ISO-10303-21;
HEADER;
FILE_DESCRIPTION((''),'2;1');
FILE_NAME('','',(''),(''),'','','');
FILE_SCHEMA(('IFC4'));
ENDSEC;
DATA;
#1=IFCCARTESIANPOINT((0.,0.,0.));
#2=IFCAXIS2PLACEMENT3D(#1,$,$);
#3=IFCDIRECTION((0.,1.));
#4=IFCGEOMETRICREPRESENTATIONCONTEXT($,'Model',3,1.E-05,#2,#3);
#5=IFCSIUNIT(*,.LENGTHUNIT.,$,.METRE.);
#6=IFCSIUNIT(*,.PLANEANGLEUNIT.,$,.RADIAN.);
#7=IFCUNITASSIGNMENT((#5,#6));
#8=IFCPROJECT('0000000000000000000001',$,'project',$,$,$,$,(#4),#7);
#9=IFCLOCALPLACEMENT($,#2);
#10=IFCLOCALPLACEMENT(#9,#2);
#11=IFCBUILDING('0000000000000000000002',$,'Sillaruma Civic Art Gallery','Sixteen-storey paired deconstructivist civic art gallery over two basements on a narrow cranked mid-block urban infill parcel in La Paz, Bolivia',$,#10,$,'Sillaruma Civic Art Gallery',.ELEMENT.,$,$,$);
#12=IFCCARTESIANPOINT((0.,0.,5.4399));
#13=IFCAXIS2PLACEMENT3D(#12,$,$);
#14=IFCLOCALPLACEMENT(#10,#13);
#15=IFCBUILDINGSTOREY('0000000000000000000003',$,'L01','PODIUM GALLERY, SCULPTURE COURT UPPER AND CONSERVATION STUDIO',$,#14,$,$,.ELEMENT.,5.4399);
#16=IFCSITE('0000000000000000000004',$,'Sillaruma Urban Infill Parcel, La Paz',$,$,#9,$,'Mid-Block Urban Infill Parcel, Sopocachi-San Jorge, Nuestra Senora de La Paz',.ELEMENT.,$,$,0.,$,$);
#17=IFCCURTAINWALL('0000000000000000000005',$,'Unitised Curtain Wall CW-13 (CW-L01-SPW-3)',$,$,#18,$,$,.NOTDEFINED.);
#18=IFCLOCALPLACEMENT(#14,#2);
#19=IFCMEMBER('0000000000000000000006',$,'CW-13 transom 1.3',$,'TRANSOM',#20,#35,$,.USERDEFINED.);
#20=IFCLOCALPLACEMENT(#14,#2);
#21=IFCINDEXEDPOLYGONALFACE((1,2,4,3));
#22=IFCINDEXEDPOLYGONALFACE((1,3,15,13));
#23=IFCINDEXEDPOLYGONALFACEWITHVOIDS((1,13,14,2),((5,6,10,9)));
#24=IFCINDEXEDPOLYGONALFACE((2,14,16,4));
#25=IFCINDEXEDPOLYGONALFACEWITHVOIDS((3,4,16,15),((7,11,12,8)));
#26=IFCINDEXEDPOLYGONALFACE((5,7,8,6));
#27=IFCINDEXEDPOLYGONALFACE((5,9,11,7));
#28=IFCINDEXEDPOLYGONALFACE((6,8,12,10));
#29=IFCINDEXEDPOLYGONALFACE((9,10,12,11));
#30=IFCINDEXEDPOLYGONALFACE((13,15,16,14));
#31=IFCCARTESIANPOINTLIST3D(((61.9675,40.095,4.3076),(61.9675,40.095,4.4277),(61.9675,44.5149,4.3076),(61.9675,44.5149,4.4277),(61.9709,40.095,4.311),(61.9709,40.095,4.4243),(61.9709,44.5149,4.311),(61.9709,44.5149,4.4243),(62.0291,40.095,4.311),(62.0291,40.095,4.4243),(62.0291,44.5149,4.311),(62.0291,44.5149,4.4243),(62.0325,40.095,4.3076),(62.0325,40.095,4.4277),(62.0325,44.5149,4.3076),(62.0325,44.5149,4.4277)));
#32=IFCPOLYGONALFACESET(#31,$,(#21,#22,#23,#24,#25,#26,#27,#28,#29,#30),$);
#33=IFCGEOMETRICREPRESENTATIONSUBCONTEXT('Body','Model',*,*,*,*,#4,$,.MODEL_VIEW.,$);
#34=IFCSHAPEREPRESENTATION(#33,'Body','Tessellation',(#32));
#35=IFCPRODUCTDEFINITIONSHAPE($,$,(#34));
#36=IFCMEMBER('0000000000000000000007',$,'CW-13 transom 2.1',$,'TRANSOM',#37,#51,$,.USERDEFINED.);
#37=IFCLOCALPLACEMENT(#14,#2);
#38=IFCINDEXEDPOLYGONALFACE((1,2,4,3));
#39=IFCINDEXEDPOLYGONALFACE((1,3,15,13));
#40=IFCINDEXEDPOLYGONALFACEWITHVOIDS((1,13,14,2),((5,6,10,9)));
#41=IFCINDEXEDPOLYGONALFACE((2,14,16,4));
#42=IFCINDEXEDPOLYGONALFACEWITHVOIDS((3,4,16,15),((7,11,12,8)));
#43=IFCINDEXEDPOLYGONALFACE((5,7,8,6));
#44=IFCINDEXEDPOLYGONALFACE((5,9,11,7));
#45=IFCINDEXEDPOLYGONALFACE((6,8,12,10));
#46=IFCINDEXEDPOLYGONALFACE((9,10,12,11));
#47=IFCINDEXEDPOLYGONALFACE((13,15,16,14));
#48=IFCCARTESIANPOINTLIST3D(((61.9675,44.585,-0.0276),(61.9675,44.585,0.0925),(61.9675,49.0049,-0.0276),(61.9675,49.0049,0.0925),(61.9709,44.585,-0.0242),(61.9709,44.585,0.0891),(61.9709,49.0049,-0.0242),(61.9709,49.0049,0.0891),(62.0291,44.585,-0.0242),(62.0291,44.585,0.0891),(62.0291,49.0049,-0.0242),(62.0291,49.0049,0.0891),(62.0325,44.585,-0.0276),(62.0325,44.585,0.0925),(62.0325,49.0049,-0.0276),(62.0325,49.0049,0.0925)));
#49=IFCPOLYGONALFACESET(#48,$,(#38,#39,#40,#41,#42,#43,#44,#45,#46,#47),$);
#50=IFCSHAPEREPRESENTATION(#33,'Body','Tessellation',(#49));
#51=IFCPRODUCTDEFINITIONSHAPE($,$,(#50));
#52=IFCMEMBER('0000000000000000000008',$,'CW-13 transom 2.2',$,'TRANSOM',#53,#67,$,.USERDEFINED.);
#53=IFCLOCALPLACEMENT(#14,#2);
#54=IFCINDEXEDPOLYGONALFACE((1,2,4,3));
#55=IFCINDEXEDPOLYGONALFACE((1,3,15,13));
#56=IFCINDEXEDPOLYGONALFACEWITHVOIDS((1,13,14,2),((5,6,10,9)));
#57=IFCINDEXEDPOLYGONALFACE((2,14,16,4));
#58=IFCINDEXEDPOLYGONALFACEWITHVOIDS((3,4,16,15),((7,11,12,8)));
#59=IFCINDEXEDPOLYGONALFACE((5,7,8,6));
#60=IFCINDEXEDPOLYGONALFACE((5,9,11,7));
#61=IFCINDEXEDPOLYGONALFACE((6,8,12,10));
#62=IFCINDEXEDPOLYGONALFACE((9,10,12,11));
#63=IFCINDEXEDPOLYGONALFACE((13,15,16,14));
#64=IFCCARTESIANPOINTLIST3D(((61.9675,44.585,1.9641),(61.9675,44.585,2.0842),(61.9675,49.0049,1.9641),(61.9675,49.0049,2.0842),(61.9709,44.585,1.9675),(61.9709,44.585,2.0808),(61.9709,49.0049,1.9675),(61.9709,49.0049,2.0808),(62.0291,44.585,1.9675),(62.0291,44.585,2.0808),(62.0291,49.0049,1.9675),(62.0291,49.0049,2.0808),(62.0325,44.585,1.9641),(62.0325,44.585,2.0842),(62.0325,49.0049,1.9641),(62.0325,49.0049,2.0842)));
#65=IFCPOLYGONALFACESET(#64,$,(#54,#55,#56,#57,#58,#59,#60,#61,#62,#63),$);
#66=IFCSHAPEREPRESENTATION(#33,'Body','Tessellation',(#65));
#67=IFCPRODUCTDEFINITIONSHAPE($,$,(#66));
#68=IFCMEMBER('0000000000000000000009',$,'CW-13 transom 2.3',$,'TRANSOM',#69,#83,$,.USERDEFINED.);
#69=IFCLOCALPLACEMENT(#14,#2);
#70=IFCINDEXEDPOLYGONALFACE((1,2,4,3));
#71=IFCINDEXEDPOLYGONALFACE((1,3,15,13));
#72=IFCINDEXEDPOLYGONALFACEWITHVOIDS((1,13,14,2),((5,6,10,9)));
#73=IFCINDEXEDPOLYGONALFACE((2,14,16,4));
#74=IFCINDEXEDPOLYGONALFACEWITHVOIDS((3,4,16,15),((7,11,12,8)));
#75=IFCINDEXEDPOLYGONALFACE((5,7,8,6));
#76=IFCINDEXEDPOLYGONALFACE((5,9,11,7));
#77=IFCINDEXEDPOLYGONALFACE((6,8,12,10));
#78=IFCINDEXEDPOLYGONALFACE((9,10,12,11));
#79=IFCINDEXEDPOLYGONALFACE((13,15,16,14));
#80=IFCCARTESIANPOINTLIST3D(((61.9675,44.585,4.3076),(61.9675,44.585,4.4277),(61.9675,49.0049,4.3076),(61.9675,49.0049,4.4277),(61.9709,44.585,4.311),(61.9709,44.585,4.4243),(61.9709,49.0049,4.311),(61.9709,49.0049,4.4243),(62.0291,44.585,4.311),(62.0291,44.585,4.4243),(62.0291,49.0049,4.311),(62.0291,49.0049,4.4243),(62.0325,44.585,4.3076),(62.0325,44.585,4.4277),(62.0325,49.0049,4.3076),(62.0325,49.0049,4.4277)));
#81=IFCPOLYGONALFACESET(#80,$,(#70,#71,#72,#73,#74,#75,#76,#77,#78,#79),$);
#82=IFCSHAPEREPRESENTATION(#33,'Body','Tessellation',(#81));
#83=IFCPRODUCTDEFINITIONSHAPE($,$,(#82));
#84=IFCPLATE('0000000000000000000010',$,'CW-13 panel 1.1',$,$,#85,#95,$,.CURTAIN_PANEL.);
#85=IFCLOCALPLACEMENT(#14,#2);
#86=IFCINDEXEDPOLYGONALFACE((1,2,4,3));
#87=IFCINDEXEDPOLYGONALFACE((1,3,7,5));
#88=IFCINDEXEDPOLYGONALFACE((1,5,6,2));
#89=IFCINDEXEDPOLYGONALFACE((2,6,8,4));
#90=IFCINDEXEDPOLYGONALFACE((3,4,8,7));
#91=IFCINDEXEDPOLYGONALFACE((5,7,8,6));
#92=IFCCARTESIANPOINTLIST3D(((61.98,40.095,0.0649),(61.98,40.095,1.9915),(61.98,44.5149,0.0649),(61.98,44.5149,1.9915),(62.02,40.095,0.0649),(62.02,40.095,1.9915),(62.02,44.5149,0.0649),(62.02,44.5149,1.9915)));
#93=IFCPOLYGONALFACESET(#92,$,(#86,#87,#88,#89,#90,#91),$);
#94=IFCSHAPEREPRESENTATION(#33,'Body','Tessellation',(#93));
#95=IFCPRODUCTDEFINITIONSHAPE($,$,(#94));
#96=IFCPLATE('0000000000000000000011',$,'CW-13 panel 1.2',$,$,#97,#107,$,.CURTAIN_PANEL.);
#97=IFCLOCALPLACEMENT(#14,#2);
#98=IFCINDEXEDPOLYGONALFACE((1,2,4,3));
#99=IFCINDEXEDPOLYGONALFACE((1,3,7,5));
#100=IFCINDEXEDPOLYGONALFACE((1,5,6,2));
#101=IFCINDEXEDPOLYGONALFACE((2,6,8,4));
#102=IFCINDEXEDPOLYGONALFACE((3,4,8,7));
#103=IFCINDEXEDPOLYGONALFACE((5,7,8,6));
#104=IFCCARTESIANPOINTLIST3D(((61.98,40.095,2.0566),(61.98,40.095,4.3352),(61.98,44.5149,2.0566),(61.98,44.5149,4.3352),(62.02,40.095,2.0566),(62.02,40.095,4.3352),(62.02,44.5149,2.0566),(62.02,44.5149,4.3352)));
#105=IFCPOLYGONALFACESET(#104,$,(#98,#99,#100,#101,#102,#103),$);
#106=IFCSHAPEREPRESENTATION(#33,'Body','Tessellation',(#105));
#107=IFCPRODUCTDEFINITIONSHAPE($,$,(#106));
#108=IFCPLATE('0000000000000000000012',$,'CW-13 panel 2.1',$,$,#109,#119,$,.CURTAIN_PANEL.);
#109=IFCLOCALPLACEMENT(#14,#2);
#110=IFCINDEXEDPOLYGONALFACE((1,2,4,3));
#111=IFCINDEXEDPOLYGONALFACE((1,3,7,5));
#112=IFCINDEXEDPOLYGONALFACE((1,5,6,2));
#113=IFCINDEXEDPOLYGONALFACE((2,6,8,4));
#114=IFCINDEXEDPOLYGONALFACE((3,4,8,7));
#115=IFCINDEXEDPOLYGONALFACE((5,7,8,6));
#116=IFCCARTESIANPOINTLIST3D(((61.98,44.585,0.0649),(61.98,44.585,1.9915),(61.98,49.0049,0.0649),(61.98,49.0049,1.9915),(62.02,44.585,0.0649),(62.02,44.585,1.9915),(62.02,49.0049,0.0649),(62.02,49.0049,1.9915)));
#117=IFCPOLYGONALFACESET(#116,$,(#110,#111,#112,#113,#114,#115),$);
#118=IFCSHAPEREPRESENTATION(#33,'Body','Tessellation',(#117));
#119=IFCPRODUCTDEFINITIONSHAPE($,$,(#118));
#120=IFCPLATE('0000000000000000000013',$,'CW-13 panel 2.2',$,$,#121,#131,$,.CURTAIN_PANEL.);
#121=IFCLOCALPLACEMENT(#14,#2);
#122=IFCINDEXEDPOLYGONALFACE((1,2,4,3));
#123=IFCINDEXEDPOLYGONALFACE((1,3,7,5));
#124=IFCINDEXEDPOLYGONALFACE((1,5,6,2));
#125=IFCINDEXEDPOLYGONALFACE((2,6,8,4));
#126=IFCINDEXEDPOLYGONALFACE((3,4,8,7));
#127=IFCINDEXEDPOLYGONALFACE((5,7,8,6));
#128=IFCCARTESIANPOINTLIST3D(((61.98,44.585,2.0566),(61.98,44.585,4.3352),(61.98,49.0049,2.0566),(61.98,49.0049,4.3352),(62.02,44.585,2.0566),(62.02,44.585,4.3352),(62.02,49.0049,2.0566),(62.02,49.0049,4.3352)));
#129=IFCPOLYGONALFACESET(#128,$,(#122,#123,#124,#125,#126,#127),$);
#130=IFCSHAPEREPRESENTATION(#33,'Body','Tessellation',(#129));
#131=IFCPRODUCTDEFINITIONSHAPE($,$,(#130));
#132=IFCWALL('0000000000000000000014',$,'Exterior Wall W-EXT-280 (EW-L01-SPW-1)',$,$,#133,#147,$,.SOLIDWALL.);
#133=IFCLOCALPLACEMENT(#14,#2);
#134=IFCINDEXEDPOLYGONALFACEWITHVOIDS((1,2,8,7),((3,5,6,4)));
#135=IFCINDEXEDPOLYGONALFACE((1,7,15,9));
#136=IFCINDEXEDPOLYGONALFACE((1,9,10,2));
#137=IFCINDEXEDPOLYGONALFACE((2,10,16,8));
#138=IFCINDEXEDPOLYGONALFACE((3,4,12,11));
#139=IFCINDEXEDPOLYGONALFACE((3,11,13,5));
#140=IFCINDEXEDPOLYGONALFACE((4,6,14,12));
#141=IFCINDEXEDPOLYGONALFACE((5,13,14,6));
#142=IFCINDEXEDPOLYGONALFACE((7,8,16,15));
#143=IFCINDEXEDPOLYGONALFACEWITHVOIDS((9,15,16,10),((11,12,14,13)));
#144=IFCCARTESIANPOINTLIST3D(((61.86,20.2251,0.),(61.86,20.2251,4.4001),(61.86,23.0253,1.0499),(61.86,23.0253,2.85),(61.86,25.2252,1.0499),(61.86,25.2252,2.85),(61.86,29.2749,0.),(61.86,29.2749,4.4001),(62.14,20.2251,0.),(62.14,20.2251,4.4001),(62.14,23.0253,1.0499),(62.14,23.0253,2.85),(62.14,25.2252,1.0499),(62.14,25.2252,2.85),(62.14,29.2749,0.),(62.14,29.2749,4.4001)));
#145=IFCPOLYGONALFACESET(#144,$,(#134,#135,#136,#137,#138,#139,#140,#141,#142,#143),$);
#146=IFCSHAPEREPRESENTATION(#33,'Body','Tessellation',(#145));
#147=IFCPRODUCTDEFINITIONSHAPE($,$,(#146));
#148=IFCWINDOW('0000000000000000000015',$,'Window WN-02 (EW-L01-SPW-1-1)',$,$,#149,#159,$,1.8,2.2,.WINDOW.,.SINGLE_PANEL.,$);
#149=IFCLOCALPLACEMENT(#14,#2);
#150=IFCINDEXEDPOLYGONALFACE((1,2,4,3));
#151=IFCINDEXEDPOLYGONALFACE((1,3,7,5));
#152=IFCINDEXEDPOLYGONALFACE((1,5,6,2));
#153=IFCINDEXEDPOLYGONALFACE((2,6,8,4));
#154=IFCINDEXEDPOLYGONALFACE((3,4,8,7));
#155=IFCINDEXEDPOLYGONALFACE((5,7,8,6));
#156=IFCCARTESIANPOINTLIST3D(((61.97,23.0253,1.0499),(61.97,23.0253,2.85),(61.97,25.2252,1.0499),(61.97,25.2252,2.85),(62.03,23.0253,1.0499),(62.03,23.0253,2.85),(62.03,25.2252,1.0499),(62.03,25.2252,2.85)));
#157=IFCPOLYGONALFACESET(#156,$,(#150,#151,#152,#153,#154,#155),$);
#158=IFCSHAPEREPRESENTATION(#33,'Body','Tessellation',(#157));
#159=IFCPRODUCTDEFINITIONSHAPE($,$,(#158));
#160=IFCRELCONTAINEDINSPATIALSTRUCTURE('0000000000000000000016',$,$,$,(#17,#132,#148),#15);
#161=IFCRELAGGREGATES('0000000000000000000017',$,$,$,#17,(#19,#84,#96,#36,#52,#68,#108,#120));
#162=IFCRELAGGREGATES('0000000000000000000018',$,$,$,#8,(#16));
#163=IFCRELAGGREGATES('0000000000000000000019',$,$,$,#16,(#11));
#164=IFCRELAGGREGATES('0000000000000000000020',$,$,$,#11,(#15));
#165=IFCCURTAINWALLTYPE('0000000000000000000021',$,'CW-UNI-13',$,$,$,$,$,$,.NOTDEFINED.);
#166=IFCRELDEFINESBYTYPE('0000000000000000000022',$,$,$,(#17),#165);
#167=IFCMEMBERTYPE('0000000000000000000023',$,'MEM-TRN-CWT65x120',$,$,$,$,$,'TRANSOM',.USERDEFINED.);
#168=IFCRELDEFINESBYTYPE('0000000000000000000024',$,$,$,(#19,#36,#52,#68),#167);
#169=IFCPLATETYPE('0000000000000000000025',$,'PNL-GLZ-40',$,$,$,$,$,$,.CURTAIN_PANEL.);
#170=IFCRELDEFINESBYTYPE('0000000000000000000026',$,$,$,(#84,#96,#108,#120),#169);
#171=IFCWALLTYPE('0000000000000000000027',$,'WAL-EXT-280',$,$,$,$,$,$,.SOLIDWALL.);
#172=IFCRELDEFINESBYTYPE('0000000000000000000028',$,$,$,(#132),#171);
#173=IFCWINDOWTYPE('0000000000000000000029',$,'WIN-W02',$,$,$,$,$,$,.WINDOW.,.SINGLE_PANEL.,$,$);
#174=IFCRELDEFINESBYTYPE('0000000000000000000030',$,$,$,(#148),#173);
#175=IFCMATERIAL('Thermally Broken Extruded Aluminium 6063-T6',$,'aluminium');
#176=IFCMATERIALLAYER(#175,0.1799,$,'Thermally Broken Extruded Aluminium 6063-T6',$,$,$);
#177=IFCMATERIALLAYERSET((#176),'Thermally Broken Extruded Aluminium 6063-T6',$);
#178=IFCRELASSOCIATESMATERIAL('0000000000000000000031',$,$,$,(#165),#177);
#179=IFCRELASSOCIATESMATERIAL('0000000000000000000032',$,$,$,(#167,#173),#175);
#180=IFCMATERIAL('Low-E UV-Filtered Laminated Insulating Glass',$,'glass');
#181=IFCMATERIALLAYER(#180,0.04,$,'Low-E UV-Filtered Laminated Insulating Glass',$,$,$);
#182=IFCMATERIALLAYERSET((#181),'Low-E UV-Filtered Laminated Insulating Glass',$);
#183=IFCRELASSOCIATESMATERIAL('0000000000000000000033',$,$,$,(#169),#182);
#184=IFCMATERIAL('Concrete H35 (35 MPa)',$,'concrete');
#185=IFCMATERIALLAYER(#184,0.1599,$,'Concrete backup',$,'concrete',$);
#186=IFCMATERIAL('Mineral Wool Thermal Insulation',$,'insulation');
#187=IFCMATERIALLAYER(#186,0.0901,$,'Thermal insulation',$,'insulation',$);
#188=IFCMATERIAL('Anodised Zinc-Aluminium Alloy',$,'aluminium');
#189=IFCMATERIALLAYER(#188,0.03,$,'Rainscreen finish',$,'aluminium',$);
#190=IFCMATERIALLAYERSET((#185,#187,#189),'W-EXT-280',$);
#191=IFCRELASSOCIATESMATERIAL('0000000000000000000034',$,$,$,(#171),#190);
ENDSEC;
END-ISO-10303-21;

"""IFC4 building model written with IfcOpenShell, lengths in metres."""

from ifc_helpers import new_model, si_unit, direction, frame, frame_2d, origin, origin_2d, place, context, subcontext, project, spatial, rectangle, hollow_rectangle, extrude, material, layer, layer_set, material_profile, profile_set, type_object, element, fill, aggregate, save


model = new_model("IFC4")

# Units and contexts
model_context = context("Model", 3, precision=1e-05, world=origin(), true_north=direction((0.0, 1.0)))
body_context = subcontext(model_context, "Body", "Model", "MODEL_VIEW")
ifc_project = project(units=[si_unit("LENGTHUNIT", "METRE"), si_unit("PLANEANGLEUNIT", "RADIAN")], contexts=[model_context])

# Site, building, storey
site_placement = place(None, origin())
site = spatial("IfcSite", under=ifc_project, at=site_placement, Name="Sillaruma Urban Infill Parcel, La Paz", LongName="Mid-Block Urban Infill Parcel, Sopocachi-San Jorge, Nuestra Senora de La Paz", CompositionType="ELEMENT", RefElevation=0.0)
building_placement = place(site_placement, origin())
building = spatial("IfcBuilding", under=site, at=building_placement, Name="Sillaruma Civic Art Gallery", Description="Sixteen-storey paired deconstructivist civic art gallery over two basements on a narrow cranked mid-block urban infill parcel in La Paz, Bolivia", LongName="Sillaruma Civic Art Gallery", CompositionType="ELEMENT")
storey_placement = place(building_placement, frame((0.0, 0.0, 5.4399)))
storey = spatial("IfcBuildingStorey", under=building, at=storey_placement, Name="L01", Description="PODIUM GALLERY, SCULPTURE COURT UPPER AND CONSERVATION STUDIO", CompositionType="ELEMENT", Elevation=5.4399)

# Shared definitions
ifc_material_1 = material(Name="Concrete H35 (35 MPa)", Category="concrete")

# Curtain wall, members, plates
ifc_material_2 = material(Name="Thermally Broken Extruded Aluminium 6063-T6", Category="aluminium")
ifc_layer_1 = layer(ifc_material_2, 0.1799, Name="Thermally Broken Extruded Aluminium 6063-T6")
ifc_layer_set_1 = layer_set([ifc_layer_1], Name="Thermally Broken Extruded Aluminium 6063-T6")
curtain_wall_type = type_object("IfcCurtainWallType", Name="CW-UNI-13", PredefinedType="NOTDEFINED", material=ifc_layer_set_1)
curtain_wall_placement = place(storey_placement, origin())
curtain_wall = element("IfcCurtainWall", 1, at=curtain_wall_placement, inside=storey, type_object=curtain_wall_type, Name="Unitised Curtain Wall CW-13 (CW-L01-SPW-3)", PredefinedType="NOTDEFINED")
ifc_material_profile_1 = material_profile(ifc_material_2, hollow_rectangle(XDim=0.0649, YDim=0.1201, WallThickness=0.0034, at=origin_2d()), Name="CWT65x120")
ifc_profile_set_1 = profile_set([ifc_material_profile_1], Name="Thermally Broken Extruded Aluminium 6063-T6")
member_type_1 = type_object("IfcMemberType", Name="MEM-TRN-CWT65x120", ElementType="TRANSOM", PredefinedType="USERDEFINED", material=ifc_profile_set_1)
member_1_placement = place(storey_placement, frame((62.0, 40.095, 4.3677), z_axis=(0.0, 1.0, 0.0), x_axis=(-1.0, 0.0, 0.0)))
member_1 = element("IfcMember", 2, at=member_1_placement, type_object=member_type_1, Name="CW-13 transom 1.3", ObjectType="TRANSOM", PredefinedType="USERDEFINED", context=body_context, shape_type="SweptSolid", body=[
    extrude(hollow_rectangle(XDim=0.0649, YDim=0.1201, WallThickness=0.0034, at=origin_2d()), origin(), (0.0, 0.0, 1.0), 4.4199),
])
member_2_placement = place(storey_placement, frame((62.0, 44.585, 0.0325), z_axis=(0.0, 1.0, 0.0), x_axis=(-1.0, 0.0, 0.0)))
member_2 = element("IfcMember", 3, at=member_2_placement, type_object=member_type_1, Name="CW-13 transom 2.1", ObjectType="TRANSOM", PredefinedType="USERDEFINED", context=body_context, shape_type="SweptSolid", body=[
    extrude(hollow_rectangle(XDim=0.0649, YDim=0.1201, WallThickness=0.0034, at=origin_2d()), origin(), (0.0, 0.0, 1.0), 4.4199),
])
member_3_placement = place(storey_placement, frame((62.0, 44.585, 2.0242), z_axis=(0.0, 1.0, 0.0), x_axis=(-1.0, 0.0, 0.0)))
member_3 = element("IfcMember", 4, at=member_3_placement, type_object=member_type_1, Name="CW-13 transom 2.2", ObjectType="TRANSOM", PredefinedType="USERDEFINED", context=body_context, shape_type="SweptSolid", body=[
    extrude(hollow_rectangle(XDim=0.0649, YDim=0.1201, WallThickness=0.0034, at=origin_2d()), origin(), (0.0, 0.0, 1.0), 4.4199),
])
member_4_placement = place(storey_placement, frame((62.0, 44.585, 4.3677), z_axis=(0.0, 1.0, 0.0), x_axis=(-1.0, 0.0, 0.0)))
member_4 = element("IfcMember", 5, at=member_4_placement, type_object=member_type_1, Name="CW-13 transom 2.3", ObjectType="TRANSOM", PredefinedType="USERDEFINED", context=body_context, shape_type="SweptSolid", body=[
    extrude(hollow_rectangle(XDim=0.0649, YDim=0.1201, WallThickness=0.0034, at=origin_2d()), origin(), (0.0, 0.0, 1.0), 4.4199),
])
ifc_material_3 = material(Name="Low-E UV-Filtered Laminated Insulating Glass", Category="glass")
ifc_layer_2 = layer(ifc_material_3, 0.04, Name="Low-E UV-Filtered Laminated Insulating Glass")
ifc_layer_set_2 = layer_set([ifc_layer_2], Name="Low-E UV-Filtered Laminated Insulating Glass")
plate_type = type_object("IfcPlateType", Name="PNL-GLZ-40", PredefinedType="CURTAIN_PANEL", material=ifc_layer_set_2)
plate_1_placement = place(storey_placement, frame((62.0, 42.3049, 0.0649), z_axis=(0.0, 0.0, 1.0), x_axis=(0.0, 1.0, 0.0)))
plate_1 = element("IfcPlate", 6, at=plate_1_placement, type_object=plate_type, Name="CW-13 panel 1.1", PredefinedType="CURTAIN_PANEL", context=body_context, shape_type="SweptSolid", body=[
    extrude(rectangle(XDim=4.4199, YDim=0.04, at=origin_2d()), origin(), (0.0, 0.0, 1.0), 1.9265),
])
plate_2_placement = place(storey_placement, frame((62.0, 42.3049, 2.0566), z_axis=(0.0, 0.0, 1.0), x_axis=(0.0, 1.0, 0.0)))
plate_2 = element("IfcPlate", 7, at=plate_2_placement, type_object=plate_type, Name="CW-13 panel 1.2", PredefinedType="CURTAIN_PANEL", context=body_context, shape_type="SweptSolid", body=[
    extrude(rectangle(XDim=4.4199, YDim=0.04, at=origin_2d()), origin(), (0.0, 0.0, 1.0), 2.2786),
])
plate_3_placement = place(storey_placement, frame((62.0, 46.7949, 0.0649), z_axis=(0.0, 0.0, 1.0), x_axis=(0.0, 1.0, 0.0)))
plate_3 = element("IfcPlate", 8, at=plate_3_placement, type_object=plate_type, Name="CW-13 panel 2.1", PredefinedType="CURTAIN_PANEL", context=body_context, shape_type="SweptSolid", body=[
    extrude(rectangle(XDim=4.4199, YDim=0.04, at=origin_2d()), origin(), (0.0, 0.0, 1.0), 1.9265),
])
plate_4_placement = place(storey_placement, frame((62.0, 46.7949, 2.0566), z_axis=(0.0, 0.0, 1.0), x_axis=(0.0, 1.0, 0.0)))
plate_4 = element("IfcPlate", 9, at=plate_4_placement, type_object=plate_type, Name="CW-13 panel 2.2", PredefinedType="CURTAIN_PANEL", context=body_context, shape_type="SweptSolid", body=[
    extrude(rectangle(XDim=4.4199, YDim=0.04, at=origin_2d()), origin(), (0.0, 0.0, 1.0), 2.2786),
])
aggregate(curtain_wall, [member_1, plate_1, plate_2, member_2, member_3, member_4, plate_3, plate_4])

# Wall, opening, window
ifc_layer_3 = layer(ifc_material_1, 0.1599, Name="Concrete backup", Category="concrete")
ifc_material_4 = material(Name="Mineral Wool Thermal Insulation", Category="insulation")
ifc_layer_4 = layer(ifc_material_4, 0.0901, Name="Thermal insulation", Category="insulation")
ifc_material_5 = material(Name="Anodised Zinc-Aluminium Alloy", Category="aluminium")
ifc_layer_5 = layer(ifc_material_5, 0.03, Name="Rainscreen finish", Category="aluminium")
ifc_layer_set_3 = layer_set([ifc_layer_3, ifc_layer_4, ifc_layer_5], Name="W-EXT-280")
wall_type_1 = type_object("IfcWallType", Name="WAL-EXT-280", PredefinedType="SOLIDWALL", material=ifc_layer_set_3)
wall_1_placement = place(storey_placement, frame((62.0, 20.2251, 0.0), z_axis=(0.0, 0.0, 1.0), x_axis=(0.0, 1.0, 0.0)))
wall_1 = element("IfcWall", 10, at=wall_1_placement, inside=storey, type_object=wall_type_1, Name="Exterior Wall W-EXT-280 (EW-L01-SPW-1)", PredefinedType="SOLIDWALL", context=body_context, shape_type="SweptSolid", body=[
    extrude(rectangle(XDim=9.0498, YDim=0.28, at=frame_2d((4.5249, 0.0))), origin(), (0.0, 0.0, 1.0), 4.4001),
])
opening_1_placement = place(wall_1_placement, frame((2.8, 0.0, 1.05)))
opening_1 = element("IfcOpeningElement", 11, at=opening_1_placement, cuts=wall_1, PredefinedType="OPENING", context=body_context, shape_type="SweptSolid", body=[
    extrude(rectangle(XDim=2.2, YDim=1.8, at=frame_2d((1.1001, 0.8999))), frame((0.0, 0.1499, 0.0), z_axis=(0.0, -1.0, 0.0), x_axis=(1.0, 0.0, 0.0)), (0.0, 0.0, 1.0), 0.3),
])
window_type_1 = type_object("IfcWindowType", Name="WIN-W02", PartitioningType="SINGLE_PANEL", PredefinedType="WINDOW", material=ifc_material_2)
window_1_placement = place(opening_1_placement, origin())
window_1 = element("IfcWindow", 12, at=window_1_placement, inside=storey, type_object=window_type_1, Name="Window WN-02 (EW-L01-SPW-1-1)", OverallHeight=1.8, OverallWidth=2.2, PartitioningType="SINGLE_PANEL", PredefinedType="WINDOW", context=body_context, shape_type="SweptSolid", body=[
    extrude(rectangle(XDim=2.2, YDim=1.8, at=frame_2d((1.1001, 0.8999))), frame((0.0, 0.03, 0.0), z_axis=(0.0, -1.0, 0.0), x_axis=(1.0, 0.0, 0.0)), (0.0, 0.0, 1.0), 0.0601),
])
fill(opening_1, window_1)

save(model, "model.ifc")
